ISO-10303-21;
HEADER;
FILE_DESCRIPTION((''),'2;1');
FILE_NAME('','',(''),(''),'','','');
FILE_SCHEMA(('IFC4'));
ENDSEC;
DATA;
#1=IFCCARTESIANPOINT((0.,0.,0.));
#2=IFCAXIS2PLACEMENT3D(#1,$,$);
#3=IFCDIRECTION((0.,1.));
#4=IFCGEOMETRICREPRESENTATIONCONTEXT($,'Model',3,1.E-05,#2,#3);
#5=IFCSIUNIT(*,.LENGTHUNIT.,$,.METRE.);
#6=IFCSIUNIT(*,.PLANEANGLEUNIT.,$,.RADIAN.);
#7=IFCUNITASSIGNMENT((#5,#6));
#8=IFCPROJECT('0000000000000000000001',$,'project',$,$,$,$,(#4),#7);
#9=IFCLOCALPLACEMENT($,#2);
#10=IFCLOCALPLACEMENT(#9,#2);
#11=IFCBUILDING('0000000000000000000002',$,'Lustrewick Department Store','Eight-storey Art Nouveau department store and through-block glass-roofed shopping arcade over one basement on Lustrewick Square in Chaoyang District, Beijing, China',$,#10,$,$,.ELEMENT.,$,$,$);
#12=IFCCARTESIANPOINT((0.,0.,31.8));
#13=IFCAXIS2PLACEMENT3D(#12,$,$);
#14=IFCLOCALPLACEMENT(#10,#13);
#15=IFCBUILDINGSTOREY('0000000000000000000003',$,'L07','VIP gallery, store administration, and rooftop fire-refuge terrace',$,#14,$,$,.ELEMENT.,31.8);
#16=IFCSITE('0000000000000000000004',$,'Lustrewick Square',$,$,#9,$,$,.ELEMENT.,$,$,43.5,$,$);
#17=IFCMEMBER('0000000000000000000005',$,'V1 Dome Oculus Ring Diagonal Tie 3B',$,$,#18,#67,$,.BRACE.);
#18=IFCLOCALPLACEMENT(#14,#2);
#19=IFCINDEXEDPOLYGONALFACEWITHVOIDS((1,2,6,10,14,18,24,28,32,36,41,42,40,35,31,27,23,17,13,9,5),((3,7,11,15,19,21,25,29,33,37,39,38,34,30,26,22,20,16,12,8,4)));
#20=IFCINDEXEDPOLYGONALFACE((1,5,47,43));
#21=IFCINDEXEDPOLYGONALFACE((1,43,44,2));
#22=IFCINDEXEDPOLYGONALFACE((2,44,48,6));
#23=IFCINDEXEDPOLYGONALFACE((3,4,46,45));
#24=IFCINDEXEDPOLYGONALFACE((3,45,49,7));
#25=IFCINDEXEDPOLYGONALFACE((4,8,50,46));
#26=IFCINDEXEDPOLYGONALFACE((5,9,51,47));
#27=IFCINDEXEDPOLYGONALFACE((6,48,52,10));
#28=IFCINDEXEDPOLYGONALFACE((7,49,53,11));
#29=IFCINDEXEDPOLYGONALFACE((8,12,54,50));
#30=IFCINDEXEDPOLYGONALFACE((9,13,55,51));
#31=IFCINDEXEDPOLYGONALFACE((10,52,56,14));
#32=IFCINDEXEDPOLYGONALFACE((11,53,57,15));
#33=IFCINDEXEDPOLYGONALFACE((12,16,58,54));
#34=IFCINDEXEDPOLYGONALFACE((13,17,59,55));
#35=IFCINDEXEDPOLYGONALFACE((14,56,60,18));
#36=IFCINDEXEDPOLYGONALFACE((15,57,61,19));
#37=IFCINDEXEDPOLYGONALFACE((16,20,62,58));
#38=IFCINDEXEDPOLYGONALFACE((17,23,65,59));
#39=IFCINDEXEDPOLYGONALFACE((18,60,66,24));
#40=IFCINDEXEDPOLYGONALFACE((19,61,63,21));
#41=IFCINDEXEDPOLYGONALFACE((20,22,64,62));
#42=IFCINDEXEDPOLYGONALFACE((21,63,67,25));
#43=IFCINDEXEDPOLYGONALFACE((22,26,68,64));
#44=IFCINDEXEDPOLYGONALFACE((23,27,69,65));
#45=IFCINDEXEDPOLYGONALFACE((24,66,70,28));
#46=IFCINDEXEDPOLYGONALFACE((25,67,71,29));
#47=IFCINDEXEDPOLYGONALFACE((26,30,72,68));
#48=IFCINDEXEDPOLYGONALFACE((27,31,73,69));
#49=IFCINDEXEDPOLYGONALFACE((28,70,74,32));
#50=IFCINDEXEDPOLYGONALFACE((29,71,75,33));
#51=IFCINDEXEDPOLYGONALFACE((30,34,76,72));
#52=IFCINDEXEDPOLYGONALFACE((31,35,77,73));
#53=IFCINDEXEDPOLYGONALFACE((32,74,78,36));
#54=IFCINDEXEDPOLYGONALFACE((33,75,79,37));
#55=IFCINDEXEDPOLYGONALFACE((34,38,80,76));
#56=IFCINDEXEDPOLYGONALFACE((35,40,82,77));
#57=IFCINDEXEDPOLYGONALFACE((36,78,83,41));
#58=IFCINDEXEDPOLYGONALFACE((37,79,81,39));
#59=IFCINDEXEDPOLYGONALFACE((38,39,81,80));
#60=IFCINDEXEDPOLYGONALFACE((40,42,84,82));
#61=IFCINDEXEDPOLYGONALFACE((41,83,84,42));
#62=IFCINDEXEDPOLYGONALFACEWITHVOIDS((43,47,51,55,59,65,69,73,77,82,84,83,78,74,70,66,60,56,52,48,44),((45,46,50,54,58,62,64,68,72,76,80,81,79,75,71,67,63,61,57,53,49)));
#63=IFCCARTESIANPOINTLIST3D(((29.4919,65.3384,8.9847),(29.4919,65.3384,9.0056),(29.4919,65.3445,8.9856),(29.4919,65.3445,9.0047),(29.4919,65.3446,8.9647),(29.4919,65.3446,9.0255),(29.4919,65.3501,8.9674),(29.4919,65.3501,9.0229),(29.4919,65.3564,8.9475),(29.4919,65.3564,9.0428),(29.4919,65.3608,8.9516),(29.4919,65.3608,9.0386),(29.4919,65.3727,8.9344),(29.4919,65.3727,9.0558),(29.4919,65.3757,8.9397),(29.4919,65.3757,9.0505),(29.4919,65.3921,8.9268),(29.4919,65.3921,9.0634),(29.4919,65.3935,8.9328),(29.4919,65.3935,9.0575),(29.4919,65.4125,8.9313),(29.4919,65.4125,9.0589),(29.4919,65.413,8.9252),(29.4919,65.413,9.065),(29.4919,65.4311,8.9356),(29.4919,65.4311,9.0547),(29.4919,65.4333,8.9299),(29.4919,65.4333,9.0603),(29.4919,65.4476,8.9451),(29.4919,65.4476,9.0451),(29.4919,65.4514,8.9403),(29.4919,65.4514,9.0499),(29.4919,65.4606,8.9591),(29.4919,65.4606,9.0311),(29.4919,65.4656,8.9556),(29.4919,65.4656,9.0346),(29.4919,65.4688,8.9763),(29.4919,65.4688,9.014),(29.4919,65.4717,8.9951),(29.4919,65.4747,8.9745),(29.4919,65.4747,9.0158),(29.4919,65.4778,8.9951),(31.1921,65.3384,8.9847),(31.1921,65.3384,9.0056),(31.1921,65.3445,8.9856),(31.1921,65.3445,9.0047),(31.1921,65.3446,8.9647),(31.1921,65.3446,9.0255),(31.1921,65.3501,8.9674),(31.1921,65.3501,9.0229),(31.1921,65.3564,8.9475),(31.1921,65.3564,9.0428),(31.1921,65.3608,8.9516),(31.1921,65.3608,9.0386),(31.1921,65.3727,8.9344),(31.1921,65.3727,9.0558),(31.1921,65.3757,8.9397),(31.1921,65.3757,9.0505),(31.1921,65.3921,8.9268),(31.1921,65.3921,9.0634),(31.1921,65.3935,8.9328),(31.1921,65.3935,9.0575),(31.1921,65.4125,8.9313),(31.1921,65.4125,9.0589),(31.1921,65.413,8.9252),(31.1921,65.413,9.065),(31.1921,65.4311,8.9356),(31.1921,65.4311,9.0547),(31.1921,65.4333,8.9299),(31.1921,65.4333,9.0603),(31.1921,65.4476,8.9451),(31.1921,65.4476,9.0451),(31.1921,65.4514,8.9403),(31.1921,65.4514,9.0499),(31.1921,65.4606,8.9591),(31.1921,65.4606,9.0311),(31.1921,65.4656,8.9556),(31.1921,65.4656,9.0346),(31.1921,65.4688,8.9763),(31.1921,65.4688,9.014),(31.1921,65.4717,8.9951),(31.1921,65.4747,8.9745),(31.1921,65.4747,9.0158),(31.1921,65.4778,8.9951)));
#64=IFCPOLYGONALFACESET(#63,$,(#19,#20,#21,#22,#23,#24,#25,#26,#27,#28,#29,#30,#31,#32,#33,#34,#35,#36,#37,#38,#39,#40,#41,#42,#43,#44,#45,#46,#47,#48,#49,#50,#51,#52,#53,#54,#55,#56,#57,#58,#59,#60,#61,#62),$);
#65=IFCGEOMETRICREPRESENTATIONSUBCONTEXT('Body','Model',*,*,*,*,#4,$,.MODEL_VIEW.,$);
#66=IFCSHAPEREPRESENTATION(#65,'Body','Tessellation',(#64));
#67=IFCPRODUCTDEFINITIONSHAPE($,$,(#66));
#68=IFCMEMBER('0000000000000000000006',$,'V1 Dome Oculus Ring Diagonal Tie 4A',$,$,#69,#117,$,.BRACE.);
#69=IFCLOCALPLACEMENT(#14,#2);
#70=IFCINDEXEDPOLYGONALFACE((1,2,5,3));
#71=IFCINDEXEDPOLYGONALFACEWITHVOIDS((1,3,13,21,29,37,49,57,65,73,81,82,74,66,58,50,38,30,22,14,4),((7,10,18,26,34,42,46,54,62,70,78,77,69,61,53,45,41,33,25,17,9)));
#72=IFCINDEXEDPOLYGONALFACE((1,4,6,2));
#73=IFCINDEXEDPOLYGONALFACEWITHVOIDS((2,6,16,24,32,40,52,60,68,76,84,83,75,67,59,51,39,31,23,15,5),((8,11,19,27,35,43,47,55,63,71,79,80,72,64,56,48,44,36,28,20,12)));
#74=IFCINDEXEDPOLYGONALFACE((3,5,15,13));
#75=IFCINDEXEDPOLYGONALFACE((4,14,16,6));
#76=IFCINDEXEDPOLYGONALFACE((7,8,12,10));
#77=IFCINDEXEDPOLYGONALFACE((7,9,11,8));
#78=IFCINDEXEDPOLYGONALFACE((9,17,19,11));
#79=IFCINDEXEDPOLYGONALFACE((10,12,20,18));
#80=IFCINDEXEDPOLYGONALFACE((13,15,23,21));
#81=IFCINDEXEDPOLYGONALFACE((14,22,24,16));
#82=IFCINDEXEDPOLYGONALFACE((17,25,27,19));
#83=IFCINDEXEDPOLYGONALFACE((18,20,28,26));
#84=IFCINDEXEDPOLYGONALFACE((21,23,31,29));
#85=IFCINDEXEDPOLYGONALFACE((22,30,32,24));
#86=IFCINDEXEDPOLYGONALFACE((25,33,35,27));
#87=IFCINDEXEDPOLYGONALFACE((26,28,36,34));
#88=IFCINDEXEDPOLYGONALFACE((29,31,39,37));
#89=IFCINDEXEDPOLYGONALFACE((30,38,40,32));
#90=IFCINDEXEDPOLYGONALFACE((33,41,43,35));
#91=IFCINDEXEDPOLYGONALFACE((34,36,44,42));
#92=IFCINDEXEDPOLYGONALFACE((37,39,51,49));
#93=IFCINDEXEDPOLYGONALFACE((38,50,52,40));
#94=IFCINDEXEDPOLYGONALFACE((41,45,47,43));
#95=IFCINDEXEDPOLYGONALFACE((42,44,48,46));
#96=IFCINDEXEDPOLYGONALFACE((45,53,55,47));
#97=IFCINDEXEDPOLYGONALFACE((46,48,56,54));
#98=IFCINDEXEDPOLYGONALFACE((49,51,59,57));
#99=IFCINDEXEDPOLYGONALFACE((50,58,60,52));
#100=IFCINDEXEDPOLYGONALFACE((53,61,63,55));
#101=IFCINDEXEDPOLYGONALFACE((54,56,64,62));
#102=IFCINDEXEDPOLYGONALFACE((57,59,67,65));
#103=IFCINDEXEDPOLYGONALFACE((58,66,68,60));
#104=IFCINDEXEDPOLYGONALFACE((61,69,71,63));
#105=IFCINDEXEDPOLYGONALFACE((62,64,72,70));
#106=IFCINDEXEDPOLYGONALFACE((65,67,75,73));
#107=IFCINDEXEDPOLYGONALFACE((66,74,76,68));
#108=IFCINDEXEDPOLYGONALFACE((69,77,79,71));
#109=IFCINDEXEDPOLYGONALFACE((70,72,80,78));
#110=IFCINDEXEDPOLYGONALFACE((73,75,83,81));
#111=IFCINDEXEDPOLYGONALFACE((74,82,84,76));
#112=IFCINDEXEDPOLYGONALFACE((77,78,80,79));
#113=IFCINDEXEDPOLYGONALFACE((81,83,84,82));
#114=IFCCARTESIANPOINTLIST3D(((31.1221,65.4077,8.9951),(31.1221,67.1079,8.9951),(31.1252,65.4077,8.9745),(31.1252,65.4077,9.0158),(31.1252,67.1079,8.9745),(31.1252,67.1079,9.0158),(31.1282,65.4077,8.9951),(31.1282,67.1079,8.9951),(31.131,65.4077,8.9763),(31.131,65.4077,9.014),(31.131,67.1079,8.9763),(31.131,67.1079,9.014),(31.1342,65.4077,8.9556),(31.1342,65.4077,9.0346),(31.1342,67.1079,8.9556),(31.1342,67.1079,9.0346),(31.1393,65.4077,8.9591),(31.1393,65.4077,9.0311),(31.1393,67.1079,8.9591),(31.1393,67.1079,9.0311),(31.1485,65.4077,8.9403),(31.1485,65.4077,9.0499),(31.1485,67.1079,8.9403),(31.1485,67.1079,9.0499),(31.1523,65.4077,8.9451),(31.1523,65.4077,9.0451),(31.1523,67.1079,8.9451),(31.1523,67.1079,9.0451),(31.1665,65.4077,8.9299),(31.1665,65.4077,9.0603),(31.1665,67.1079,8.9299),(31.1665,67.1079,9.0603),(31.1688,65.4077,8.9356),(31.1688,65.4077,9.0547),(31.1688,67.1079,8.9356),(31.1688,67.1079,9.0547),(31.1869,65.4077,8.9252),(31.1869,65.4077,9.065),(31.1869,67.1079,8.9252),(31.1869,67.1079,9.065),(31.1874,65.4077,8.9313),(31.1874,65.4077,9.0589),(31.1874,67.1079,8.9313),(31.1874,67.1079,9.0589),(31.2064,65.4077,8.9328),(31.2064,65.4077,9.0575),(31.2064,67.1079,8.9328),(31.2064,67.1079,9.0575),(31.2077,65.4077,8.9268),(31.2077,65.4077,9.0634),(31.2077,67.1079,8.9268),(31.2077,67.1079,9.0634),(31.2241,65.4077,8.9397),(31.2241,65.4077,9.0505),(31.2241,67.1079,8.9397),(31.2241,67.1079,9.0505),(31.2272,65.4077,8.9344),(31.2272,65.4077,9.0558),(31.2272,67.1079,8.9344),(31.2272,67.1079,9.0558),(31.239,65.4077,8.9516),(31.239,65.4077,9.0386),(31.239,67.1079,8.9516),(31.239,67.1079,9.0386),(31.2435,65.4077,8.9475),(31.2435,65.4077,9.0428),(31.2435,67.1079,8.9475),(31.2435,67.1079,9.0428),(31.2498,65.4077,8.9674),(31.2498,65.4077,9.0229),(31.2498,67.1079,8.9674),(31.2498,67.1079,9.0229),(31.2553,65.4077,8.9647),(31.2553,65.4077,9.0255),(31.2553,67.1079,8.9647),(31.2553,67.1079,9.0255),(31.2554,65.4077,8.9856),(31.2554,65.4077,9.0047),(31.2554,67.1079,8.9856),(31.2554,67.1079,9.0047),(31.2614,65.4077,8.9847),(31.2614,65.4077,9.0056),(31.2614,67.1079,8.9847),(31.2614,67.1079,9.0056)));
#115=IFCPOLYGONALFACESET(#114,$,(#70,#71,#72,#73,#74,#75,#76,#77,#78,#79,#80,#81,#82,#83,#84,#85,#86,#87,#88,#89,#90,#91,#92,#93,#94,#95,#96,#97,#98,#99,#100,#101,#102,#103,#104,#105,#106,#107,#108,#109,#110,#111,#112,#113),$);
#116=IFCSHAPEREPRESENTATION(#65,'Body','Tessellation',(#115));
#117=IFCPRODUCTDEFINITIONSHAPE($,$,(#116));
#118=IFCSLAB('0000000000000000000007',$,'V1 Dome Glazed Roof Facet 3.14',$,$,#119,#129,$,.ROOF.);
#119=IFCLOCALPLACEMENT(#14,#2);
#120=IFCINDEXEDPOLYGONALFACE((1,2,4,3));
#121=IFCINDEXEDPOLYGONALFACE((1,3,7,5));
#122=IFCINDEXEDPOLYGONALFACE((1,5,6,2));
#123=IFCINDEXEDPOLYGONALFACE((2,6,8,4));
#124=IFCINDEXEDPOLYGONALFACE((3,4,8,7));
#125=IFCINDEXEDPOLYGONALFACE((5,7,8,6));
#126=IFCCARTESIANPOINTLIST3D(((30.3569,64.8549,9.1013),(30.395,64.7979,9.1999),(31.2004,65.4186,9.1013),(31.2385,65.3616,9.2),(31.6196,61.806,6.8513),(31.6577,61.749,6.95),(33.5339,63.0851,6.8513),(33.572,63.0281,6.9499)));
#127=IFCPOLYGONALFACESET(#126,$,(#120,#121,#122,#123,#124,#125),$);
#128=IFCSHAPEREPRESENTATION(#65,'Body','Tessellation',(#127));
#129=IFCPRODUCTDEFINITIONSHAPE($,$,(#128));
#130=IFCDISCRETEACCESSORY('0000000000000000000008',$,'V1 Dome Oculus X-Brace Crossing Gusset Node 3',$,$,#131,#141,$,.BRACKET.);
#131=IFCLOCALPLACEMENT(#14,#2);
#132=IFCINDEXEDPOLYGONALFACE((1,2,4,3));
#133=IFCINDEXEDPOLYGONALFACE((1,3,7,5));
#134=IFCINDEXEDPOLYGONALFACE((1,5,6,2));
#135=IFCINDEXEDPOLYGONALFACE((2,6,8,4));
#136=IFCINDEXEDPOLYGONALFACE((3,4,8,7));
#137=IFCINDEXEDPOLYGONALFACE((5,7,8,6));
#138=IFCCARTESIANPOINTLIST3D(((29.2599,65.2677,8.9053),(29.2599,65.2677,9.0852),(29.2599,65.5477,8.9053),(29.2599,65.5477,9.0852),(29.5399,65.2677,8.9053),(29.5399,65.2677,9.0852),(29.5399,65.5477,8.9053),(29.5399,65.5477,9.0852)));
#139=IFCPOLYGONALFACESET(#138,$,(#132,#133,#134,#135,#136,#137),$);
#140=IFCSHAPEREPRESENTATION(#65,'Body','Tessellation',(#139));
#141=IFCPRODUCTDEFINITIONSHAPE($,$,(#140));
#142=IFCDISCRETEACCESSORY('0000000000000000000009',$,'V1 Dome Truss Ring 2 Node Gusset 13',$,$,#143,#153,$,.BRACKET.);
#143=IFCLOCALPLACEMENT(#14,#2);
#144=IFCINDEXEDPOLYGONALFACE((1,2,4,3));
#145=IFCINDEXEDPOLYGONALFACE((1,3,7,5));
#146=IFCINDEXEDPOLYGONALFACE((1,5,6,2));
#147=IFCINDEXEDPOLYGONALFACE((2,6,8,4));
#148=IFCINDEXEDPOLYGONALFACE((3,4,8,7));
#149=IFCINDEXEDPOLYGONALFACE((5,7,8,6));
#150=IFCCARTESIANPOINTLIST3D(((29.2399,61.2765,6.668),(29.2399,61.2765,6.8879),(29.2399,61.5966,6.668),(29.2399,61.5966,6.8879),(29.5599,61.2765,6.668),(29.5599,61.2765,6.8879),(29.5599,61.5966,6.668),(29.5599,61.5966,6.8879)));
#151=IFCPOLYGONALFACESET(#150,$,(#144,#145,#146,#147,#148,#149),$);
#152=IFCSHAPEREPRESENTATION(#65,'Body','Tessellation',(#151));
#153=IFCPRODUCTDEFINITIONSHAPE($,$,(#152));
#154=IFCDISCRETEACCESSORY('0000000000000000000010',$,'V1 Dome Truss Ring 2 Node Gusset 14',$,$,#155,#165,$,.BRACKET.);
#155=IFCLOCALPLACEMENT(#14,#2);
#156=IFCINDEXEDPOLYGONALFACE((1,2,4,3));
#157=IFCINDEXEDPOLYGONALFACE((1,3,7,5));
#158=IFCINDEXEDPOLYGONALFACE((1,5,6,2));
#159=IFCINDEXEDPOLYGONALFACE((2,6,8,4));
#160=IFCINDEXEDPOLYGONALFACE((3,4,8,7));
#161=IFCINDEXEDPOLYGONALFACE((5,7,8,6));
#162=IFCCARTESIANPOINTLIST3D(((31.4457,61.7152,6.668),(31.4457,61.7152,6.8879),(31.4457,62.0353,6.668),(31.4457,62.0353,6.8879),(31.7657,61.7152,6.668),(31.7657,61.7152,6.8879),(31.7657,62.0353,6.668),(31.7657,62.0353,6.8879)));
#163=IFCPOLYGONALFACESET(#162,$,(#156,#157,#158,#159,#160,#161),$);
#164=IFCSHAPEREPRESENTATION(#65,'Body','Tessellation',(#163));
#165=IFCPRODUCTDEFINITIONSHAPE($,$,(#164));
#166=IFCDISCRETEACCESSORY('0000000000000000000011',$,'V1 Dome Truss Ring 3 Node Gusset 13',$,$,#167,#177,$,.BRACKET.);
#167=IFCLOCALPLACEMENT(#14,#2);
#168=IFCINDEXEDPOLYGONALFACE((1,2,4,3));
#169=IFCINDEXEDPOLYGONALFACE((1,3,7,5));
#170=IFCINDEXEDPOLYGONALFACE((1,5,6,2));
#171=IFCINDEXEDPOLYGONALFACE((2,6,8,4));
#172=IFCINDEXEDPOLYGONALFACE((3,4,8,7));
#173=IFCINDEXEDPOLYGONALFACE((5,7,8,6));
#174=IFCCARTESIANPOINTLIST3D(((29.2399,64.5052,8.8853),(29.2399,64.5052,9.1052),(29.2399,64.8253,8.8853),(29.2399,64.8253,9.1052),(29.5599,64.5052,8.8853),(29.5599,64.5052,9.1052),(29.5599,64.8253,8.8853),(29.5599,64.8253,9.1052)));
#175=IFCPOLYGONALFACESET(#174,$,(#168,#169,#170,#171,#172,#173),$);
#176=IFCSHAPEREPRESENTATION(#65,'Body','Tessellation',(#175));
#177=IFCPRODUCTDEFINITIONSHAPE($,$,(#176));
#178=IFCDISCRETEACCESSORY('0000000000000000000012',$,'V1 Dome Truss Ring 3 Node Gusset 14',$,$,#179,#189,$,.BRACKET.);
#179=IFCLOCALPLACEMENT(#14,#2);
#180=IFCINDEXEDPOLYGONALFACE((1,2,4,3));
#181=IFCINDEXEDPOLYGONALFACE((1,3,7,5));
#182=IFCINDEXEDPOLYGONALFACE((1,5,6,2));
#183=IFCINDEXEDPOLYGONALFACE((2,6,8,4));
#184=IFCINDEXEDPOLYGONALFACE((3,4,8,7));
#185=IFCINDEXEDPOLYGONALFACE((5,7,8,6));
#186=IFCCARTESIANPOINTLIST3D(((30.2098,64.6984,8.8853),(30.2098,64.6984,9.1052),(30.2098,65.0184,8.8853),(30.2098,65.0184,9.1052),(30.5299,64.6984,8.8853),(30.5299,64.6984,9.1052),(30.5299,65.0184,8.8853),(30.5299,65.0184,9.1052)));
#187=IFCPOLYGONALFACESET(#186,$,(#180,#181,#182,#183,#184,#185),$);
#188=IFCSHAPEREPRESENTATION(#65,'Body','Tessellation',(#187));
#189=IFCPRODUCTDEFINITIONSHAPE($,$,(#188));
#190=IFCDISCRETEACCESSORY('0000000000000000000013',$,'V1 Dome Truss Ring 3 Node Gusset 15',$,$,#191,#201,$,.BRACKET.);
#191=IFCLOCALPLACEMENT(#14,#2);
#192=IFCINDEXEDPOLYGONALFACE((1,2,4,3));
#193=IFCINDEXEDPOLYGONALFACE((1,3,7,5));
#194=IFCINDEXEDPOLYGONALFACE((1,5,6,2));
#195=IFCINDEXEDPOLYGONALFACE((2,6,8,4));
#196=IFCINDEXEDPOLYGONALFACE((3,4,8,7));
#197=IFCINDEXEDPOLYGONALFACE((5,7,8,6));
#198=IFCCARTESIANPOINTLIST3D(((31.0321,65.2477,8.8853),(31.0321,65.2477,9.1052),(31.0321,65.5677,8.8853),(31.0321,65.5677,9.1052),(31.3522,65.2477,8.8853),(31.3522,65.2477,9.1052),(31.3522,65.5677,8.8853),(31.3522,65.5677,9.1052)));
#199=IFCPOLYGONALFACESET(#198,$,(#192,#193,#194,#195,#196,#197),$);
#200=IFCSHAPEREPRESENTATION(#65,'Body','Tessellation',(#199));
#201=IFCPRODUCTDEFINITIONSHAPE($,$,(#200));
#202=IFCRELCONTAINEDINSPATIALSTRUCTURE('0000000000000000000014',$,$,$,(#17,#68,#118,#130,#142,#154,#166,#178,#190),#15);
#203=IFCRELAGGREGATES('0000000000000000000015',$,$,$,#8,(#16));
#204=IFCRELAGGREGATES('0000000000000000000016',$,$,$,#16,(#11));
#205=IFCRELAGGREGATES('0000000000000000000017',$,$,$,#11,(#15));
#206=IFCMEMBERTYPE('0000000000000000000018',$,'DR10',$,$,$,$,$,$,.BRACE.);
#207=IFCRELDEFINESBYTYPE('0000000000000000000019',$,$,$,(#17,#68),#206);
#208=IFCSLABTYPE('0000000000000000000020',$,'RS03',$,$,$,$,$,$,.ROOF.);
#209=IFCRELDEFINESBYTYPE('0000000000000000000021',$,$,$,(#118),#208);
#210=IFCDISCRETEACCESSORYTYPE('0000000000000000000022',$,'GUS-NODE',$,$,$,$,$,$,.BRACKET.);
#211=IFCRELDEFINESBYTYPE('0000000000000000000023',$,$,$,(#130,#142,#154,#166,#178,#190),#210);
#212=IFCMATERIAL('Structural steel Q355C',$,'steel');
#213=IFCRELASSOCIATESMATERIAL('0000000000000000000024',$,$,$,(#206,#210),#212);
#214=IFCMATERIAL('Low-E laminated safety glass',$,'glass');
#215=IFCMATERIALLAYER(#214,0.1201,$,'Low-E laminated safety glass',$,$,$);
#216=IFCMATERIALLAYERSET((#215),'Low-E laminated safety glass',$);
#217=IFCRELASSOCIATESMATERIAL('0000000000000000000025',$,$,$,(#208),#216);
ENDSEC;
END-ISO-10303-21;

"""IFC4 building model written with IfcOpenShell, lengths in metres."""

from ifc_helpers import new_model, si_unit, direction, frame, origin, origin_2d, place, context, subcontext, project, spatial, polyline, rectangle, hollow_circle, outline, extrude, material, layer, layer_set, material_profile, profile_set, type_object, element, save


model = new_model("IFC4")

# Units and contexts
model_context = context("Model", 3, precision=1e-05, world=origin(), true_north=direction((0.0, 1.0)))
body_context = subcontext(model_context, "Body", "Model", "MODEL_VIEW")
ifc_project = project(units=[si_unit("LENGTHUNIT", "METRE"), si_unit("PLANEANGLEUNIT", "RADIAN")], contexts=[model_context])

# Site, building, storey
site_placement = place(None, origin())
site = spatial("IfcSite", under=ifc_project, at=site_placement, Name="Lustrewick Square", CompositionType="ELEMENT", RefElevation=43.5)
building_placement = place(site_placement, origin())
building = spatial("IfcBuilding", under=site, at=building_placement, Name="Lustrewick Department Store", Description="Eight-storey Art Nouveau department store and through-block glass-roofed shopping arcade over one basement on Lustrewick Square in Chaoyang District, Beijing, China", CompositionType="ELEMENT")
storey_placement = place(building_placement, frame((0.0, 0.0, 31.8)))
storey = spatial("IfcBuildingStorey", under=building, at=storey_placement, Name="L07", Description="VIP gallery, store administration, and rooftop fire-refuge terrace", CompositionType="ELEMENT", Elevation=31.8)

# Members
ifc_material_1 = material(Name="Structural steel Q355C", Category="steel")
ifc_material_profile_1 = material_profile(ifc_material_1, hollow_circle(Radius=0.0701, WallThickness=0.0061, at=origin_2d()), Name="CHS 140x6")
ifc_profile_set_1 = profile_set([ifc_material_profile_1], Name="Structural steel Q355C")
member_type_1 = type_object("IfcMemberType", Name="DR10", PredefinedType="BRACE", material=ifc_profile_set_1)
for number, where, z_axis, x_axis, name in (
    (1, (29.4919, 65.4077, 8.9951), (1.0, 0.0, 0.0), (0.0, 1.0, 0.0), "V1 Dome Oculus Ring Diagonal Tie 3B"),
    (2, (31.1921, 65.4077, 8.9951), (0.0, 1.0, 0.0), (-1.0, 0.0, 0.0), "V1 Dome Oculus Ring Diagonal Tie 4A"),
):
    element("IfcMember", number, at=place(storey_placement, frame(where, z_axis=z_axis, x_axis=x_axis)), inside=storey, type_object=member_type_1, Name=name, PredefinedType="BRACE", context=body_context, shape_type="SweptSolid", body=[
        extrude(hollow_circle(Radius=0.0701, WallThickness=0.0061, at=origin_2d()), origin(), (0.0, 0.0, 1.0), 1.7002),
    ])

# Slab
ifc_material_2 = material(Name="Low-E laminated safety glass", Category="glass")
ifc_layer = layer(ifc_material_2, 0.1201, Name="Low-E laminated safety glass")
ifc_layer_set = layer_set([ifc_layer], Name="Low-E laminated safety glass")
slab_type = type_object("IfcSlabType", Name="RS03", PredefinedType="ROOF", material=ifc_layer_set)
slab_placement = place(storey_placement, frame((31.6577, 61.749, 6.95), z_axis=(0.317128, -0.474599, 0.821088), x_axis=(0.831473, 0.555565, -0.000015)))
element("IfcSlab", 3, at=slab_placement, inside=storey, type_object=slab_type, Name="V1 Dome Glazed Roof Facet 3.14", PredefinedType="ROOF", context=body_context, shape_type="SweptSolid", body=[
    extrude(outline(polyline([(0.0, 0.0), (2.3023, 0.0), (1.6584, 3.9419), (0.6439, 3.9418), (0.0, 0.0)])), origin(), (0.0, 0.0, -1.0), 0.1201),
])

# Discrete accessories
discrete_accessory_type_1 = type_object("IfcDiscreteAccessoryType", Name="GUS-NODE", PredefinedType="BRACKET", material=ifc_material_1)
discrete_accessory_placement = place(storey_placement, frame((29.3999, 65.4077, 8.9053), z_axis=(0.0, 0.0, 1.0), x_axis=(1.0, 0.0, 0.0)))
element("IfcDiscreteAccessory", 4, at=discrete_accessory_placement, inside=storey, type_object=discrete_accessory_type_1, Name="V1 Dome Oculus X-Brace Crossing Gusset Node 3", PredefinedType="BRACKET", context=body_context, shape_type="SweptSolid", body=[
    extrude(rectangle(XDim=0.28, YDim=0.28, at=origin_2d()), origin(), (0.0, 0.0, 1.0), 0.1799),
])
for number, where, z_axis, x_axis, name in (
    (5, (29.3999, 61.4365, 6.668), (0.0, 0.0, 1.0), (1.0, 0.0, 0.0), "V1 Dome Truss Ring 2 Node Gusset 13"),
    (6, (31.6057, 61.8752, 6.668), (0.0, 0.0, 1.0), (1.0, 0.0, 0.0), "V1 Dome Truss Ring 2 Node Gusset 14"),
    (7, (29.3999, 64.6653, 8.8853), (0.0, 0.0, 1.0), (1.0, 0.0, 0.0), "V1 Dome Truss Ring 3 Node Gusset 13"),
    (8, (30.3699, 64.8584, 8.8853), (0.0, 0.0, 1.0), (1.0, 0.0, 0.0), "V1 Dome Truss Ring 3 Node Gusset 14"),
    (9, (31.1921, 65.4077, 8.8853), (0.0, 0.0, 1.0), (1.0, 0.0, 0.0), "V1 Dome Truss Ring 3 Node Gusset 15"),
):
    element("IfcDiscreteAccessory", number, at=place(storey_placement, frame(where, z_axis=z_axis, x_axis=x_axis)), inside=storey, type_object=discrete_accessory_type_1, Name=name, PredefinedType="BRACKET", context=body_context, shape_type="SweptSolid", body=[
        extrude(rectangle(XDim=0.3201, YDim=0.3201, at=origin_2d()), origin(), (0.0, 0.0, 1.0), 0.22),
    ])

save(model, "model.ifc")
